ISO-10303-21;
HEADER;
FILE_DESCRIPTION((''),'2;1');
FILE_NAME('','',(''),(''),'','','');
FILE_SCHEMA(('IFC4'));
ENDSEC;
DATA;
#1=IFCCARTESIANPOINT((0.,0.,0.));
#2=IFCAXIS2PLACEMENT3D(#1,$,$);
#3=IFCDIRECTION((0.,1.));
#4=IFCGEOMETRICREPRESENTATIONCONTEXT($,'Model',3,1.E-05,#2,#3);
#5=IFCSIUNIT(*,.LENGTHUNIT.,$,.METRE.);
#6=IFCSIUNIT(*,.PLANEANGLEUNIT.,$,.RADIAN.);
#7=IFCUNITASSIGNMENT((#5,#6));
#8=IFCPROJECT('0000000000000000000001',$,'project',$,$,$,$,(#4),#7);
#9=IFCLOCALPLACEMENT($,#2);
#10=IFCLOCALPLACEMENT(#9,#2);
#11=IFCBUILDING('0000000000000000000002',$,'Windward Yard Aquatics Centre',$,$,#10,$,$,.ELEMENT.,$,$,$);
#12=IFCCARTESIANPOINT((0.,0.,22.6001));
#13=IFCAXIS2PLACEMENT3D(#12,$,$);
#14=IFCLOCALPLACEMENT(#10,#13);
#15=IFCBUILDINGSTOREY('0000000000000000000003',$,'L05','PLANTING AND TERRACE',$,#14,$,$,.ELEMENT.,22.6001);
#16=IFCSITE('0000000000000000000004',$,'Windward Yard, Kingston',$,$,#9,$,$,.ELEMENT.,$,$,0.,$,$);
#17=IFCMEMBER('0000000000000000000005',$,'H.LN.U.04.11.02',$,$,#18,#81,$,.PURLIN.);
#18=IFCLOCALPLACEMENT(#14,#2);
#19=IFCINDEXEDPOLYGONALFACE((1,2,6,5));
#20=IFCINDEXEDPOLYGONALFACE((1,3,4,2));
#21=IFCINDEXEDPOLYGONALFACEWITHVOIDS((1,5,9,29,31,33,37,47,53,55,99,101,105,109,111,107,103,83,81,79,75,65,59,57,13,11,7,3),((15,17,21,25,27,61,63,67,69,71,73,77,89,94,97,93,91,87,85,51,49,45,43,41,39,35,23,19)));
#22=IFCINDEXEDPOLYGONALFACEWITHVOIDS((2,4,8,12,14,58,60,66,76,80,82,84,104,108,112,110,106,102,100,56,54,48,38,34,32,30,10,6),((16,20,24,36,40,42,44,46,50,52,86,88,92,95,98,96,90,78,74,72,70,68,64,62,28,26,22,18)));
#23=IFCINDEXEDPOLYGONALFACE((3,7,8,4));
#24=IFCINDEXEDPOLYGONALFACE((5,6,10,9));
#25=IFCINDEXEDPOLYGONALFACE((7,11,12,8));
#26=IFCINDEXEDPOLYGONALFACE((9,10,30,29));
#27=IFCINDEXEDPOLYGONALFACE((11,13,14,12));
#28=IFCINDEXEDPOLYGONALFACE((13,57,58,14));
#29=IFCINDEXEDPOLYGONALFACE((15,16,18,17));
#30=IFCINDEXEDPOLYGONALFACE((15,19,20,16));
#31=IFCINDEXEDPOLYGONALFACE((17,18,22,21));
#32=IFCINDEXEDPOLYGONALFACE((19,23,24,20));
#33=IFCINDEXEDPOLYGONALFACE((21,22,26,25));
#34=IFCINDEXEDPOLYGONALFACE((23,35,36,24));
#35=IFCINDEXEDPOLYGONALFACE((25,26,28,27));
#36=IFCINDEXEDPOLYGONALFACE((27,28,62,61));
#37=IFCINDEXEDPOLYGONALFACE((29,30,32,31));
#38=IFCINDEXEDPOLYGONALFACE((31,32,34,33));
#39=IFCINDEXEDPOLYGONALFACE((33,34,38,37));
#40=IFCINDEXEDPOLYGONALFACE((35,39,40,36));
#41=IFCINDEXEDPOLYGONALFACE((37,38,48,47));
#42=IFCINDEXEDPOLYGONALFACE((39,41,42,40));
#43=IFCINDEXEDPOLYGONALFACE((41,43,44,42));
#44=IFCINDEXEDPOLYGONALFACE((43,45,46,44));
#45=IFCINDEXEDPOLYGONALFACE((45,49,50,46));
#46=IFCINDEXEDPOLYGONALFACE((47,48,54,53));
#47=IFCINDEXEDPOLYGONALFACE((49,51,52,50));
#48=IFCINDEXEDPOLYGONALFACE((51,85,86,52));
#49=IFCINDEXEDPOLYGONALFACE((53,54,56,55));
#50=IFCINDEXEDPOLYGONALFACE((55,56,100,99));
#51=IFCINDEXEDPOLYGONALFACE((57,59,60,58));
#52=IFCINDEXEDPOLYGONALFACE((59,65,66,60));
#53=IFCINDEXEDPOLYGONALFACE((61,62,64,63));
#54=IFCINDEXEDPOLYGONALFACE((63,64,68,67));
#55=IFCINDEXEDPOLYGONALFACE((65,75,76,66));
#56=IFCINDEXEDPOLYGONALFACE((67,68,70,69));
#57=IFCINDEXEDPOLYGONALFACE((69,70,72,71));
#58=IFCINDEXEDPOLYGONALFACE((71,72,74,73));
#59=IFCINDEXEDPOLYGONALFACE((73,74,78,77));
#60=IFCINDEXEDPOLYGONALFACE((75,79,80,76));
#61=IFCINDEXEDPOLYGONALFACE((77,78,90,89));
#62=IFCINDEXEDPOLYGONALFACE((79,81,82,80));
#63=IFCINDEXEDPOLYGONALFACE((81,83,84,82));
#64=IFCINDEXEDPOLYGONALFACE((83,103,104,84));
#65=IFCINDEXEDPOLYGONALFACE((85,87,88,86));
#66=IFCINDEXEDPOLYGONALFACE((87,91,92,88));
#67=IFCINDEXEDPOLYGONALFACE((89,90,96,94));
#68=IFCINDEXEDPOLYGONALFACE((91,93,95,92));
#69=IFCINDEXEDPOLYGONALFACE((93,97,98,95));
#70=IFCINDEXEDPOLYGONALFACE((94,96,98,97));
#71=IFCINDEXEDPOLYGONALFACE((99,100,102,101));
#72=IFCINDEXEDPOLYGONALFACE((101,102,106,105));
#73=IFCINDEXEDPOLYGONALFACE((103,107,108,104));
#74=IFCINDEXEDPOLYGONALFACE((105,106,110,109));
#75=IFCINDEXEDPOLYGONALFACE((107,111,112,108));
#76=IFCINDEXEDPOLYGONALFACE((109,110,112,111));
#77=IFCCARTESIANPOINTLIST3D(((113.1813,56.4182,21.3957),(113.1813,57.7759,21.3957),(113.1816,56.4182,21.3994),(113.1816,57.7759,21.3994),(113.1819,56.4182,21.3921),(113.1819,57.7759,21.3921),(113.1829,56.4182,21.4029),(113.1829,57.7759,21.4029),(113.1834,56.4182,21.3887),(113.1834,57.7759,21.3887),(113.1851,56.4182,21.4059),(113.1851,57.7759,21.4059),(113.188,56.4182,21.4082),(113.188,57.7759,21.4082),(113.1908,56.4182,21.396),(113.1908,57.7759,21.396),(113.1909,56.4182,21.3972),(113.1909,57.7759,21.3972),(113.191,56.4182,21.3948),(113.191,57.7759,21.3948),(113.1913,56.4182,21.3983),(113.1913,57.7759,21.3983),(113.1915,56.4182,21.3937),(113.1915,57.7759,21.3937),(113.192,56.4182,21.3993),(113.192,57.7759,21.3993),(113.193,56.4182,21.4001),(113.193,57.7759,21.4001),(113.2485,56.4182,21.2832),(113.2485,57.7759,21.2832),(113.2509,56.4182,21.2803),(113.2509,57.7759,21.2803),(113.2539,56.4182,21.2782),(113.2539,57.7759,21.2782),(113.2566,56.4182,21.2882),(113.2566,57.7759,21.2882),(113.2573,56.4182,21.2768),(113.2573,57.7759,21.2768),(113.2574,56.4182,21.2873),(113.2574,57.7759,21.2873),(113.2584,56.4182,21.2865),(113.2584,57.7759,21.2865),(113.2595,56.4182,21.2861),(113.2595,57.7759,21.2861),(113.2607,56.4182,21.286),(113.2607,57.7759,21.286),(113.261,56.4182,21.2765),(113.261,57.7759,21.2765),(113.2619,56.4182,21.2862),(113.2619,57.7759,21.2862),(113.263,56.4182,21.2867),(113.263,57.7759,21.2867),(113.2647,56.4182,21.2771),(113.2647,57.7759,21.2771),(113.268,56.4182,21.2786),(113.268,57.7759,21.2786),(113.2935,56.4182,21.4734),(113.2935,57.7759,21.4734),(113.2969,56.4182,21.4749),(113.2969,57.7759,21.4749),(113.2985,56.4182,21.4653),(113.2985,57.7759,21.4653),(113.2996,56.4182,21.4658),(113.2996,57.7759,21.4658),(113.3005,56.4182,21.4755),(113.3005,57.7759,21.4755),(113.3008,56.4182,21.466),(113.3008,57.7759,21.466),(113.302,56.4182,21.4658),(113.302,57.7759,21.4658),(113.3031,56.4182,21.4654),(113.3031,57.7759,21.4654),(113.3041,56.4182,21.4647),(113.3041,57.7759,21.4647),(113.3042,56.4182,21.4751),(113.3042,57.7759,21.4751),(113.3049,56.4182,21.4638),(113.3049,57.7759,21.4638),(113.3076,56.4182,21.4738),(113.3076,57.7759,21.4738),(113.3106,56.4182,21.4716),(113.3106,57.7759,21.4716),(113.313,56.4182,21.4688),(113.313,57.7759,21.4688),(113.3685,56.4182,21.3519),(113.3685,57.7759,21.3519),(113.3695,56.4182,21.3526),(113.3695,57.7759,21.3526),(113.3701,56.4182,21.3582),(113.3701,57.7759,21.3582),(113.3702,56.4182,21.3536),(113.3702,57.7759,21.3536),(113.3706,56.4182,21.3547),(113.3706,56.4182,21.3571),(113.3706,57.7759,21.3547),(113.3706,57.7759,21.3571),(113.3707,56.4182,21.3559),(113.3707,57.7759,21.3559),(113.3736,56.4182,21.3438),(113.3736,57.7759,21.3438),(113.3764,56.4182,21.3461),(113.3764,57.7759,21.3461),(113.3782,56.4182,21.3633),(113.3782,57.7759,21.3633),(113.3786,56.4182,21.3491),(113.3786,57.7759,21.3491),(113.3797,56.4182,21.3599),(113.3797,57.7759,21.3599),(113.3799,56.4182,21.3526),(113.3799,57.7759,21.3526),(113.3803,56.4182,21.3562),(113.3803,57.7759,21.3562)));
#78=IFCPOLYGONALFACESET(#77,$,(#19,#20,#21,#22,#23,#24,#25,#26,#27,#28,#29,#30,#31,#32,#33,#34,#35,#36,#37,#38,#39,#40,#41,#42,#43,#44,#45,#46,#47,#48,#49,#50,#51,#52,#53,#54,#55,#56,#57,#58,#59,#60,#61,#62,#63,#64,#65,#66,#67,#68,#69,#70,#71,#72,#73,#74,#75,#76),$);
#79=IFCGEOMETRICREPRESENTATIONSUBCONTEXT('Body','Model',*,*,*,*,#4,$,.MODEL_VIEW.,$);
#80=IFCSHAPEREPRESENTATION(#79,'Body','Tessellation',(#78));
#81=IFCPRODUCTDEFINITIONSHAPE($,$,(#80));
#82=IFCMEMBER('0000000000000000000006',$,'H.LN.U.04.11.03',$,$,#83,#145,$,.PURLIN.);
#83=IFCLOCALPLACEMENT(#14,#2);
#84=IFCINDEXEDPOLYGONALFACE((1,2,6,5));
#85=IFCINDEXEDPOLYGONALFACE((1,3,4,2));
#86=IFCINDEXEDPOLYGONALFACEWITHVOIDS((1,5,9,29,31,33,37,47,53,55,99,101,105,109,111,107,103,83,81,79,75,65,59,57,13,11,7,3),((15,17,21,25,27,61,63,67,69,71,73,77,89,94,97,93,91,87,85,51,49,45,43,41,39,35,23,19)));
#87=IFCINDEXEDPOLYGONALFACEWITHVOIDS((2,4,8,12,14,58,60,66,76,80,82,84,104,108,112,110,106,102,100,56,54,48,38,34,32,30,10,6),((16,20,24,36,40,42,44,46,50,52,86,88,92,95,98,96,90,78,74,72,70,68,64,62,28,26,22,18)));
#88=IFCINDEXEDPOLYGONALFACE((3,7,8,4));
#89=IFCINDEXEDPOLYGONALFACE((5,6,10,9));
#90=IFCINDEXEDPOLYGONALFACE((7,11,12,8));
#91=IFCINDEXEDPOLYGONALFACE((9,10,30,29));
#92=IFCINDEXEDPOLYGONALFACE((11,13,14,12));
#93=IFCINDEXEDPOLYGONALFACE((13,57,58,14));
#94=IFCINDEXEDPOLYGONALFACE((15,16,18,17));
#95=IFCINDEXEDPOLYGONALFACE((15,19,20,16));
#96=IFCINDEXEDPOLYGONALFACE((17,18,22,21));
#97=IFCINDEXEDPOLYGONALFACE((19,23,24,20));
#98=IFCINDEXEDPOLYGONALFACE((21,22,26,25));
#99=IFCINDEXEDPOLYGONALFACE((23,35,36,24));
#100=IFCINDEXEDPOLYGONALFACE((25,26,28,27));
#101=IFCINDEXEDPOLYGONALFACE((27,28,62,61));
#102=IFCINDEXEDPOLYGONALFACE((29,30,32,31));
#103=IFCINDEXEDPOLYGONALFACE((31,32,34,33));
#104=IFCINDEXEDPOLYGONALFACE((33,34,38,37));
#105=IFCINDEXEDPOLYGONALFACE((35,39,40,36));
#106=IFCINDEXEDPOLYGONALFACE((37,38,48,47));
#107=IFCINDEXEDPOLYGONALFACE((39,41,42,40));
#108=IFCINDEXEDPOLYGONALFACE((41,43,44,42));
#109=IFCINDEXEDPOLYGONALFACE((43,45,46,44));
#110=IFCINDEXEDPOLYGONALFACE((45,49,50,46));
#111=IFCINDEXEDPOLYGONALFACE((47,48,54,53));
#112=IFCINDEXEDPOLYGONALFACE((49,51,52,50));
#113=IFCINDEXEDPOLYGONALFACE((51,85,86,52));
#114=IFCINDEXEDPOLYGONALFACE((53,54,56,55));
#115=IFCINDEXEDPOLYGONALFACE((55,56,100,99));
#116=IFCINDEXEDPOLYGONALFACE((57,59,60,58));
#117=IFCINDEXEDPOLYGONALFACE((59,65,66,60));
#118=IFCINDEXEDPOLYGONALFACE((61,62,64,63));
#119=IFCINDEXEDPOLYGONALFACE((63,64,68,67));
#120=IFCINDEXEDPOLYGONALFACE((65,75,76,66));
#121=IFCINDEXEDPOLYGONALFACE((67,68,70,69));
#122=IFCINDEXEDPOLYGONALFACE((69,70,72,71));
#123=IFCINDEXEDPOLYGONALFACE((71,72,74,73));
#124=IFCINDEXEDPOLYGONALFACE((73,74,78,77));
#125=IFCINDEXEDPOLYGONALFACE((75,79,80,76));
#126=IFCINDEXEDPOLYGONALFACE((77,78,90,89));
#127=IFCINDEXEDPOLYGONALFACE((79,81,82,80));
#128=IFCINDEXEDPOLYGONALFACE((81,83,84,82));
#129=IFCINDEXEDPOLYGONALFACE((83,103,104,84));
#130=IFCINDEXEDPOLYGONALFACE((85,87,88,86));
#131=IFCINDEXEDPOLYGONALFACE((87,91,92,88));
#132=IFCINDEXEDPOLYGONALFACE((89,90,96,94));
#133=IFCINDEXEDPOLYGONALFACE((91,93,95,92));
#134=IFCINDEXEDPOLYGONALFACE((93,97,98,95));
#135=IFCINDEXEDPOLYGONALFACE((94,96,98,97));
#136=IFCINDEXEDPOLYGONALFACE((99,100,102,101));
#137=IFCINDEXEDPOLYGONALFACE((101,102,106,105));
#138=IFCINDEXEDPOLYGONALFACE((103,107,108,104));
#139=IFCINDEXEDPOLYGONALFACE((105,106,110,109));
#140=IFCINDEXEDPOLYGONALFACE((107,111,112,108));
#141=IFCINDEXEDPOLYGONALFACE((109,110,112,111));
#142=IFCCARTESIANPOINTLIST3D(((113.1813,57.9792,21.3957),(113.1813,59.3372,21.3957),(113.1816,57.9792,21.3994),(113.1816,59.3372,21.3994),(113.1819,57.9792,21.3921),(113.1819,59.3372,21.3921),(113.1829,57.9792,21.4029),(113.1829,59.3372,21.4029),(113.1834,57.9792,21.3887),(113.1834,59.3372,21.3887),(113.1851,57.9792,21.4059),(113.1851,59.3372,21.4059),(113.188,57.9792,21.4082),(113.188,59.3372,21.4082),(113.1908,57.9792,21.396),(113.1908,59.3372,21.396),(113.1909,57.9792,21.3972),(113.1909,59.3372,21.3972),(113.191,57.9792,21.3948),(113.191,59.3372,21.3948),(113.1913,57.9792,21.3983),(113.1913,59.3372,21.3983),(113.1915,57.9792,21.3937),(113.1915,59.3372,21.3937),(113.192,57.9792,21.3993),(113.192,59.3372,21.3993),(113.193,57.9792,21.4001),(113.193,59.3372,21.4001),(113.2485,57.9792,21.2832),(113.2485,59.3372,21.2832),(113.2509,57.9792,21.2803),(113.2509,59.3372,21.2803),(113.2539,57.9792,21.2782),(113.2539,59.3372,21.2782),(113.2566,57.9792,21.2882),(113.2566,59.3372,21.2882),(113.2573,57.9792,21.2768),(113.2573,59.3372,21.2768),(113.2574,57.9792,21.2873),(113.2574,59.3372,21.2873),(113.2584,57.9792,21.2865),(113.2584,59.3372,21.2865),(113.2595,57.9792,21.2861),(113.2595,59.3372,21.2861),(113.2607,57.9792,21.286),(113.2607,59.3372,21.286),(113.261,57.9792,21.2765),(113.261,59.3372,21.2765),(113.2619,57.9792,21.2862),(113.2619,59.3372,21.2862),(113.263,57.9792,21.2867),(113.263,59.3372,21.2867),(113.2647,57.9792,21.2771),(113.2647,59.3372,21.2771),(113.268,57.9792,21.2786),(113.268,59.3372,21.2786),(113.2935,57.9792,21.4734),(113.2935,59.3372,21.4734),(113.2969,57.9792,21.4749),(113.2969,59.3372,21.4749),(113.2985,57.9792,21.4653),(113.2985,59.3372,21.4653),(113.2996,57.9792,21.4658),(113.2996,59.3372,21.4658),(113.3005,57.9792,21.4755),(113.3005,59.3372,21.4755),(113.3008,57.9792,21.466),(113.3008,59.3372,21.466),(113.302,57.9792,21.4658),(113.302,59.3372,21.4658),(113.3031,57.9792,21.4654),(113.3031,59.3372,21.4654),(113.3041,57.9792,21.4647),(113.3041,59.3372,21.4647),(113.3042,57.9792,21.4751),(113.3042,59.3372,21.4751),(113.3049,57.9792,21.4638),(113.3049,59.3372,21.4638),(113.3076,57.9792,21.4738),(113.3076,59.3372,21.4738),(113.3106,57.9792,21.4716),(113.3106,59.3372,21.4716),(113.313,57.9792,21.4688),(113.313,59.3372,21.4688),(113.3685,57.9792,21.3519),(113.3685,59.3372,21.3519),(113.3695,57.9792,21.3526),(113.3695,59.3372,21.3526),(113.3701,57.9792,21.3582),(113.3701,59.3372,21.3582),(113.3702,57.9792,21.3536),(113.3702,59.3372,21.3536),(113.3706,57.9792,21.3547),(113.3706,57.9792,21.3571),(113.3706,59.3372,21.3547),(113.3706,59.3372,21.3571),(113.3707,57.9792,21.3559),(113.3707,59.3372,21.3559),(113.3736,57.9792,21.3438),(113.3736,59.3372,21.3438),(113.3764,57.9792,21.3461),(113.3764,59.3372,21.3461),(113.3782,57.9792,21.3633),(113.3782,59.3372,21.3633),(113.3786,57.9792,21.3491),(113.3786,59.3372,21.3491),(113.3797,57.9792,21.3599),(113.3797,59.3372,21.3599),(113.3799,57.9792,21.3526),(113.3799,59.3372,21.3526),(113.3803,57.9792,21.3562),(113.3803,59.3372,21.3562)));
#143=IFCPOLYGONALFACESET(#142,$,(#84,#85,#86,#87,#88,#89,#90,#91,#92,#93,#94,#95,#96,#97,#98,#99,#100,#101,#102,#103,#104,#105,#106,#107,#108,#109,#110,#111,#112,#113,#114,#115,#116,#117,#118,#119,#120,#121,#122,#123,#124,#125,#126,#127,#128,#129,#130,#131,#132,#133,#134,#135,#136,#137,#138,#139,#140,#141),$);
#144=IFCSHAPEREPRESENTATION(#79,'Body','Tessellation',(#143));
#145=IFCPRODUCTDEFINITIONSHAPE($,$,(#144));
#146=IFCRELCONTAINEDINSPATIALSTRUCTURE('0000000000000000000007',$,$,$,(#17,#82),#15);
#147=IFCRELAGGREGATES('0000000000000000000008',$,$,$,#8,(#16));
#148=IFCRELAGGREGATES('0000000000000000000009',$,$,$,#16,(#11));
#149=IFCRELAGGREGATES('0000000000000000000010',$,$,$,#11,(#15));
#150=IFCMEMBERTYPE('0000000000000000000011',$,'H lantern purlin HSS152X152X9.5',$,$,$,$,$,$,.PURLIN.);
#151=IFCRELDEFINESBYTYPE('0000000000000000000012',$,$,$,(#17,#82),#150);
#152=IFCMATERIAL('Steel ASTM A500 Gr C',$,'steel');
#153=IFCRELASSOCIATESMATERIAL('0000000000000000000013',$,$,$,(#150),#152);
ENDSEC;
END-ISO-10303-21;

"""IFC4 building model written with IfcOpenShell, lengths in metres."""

from ifc_helpers import new_model, si_unit, direction, frame, origin, origin_2d, place, context, subcontext, project, spatial, hollow_rectangle, extrude, material, material_profile, profile_set, type_object, element, save


model = new_model("IFC4")

# Units and contexts
model_context = context("Model", 3, precision=1e-05, world=origin(), true_north=direction((0.0, 1.0)))
body_context = subcontext(model_context, "Body", "Model", "MODEL_VIEW")
ifc_project = project(units=[si_unit("LENGTHUNIT", "METRE"), si_unit("PLANEANGLEUNIT", "RADIAN")], contexts=[model_context])

# Site, building, storey
site_placement = place(None, origin())
site = spatial("IfcSite", under=ifc_project, at=site_placement, Name="Windward Yard, Kingston", CompositionType="ELEMENT", RefElevation=0.0)
building_placement = place(site_placement, origin())
building = spatial("IfcBuilding", under=site, at=building_placement, Name="Windward Yard Aquatics Centre", CompositionType="ELEMENT")
storey_placement = place(building_placement, frame((0.0, 0.0, 22.6001)))
storey = spatial("IfcBuildingStorey", under=building, at=storey_placement, Name="L05", Description="PLANTING AND TERRACE", CompositionType="ELEMENT", Elevation=22.6001)

# Members
ifc_material_1 = material(Name="Steel ASTM A500 Gr C", Category="steel")
ifc_material_profile = material_profile(ifc_material_1, hollow_rectangle(XDim=0.1523, YDim=0.1523, WallThickness=0.0095, InnerFilletRadius=0.0046, OuterFilletRadius=0.0142, at=origin_2d()), Name="HSS152X152X9.5")
ifc_profile_set = profile_set([ifc_material_profile], Name="Steel ASTM A500 Gr C")
member_type = type_object("IfcMemberType", Name="H lantern purlin HSS152X152X9.5", PredefinedType="PURLIN", material=ifc_profile_set)
member_1_placement = place(storey_placement, frame((113.2808, 56.4182, 21.376), z_axis=(0.0, 1.0, 0.0), x_axis=(-0.850755, 0.0, -0.525562)))
element("IfcMember", 1, at=member_1_placement, inside=storey, type_object=member_type, Name="H.LN.U.04.11.02", PredefinedType="PURLIN", context=body_context, shape_type="SweptSolid", body=[
    extrude(hollow_rectangle(XDim=0.1523, YDim=0.1523, WallThickness=0.0095, InnerFilletRadius=0.0046, OuterFilletRadius=0.0142, at=origin_2d()), origin(), (0.0, 0.0, 1.0), 1.3577),
])
member_2_placement = place(storey_placement, frame((113.2808, 57.9792, 21.376), z_axis=(0.0, 1.0, 0.0), x_axis=(-0.850755, 0.0, -0.525562)))
element("IfcMember", 2, at=member_2_placement, inside=storey, type_object=member_type, Name="H.LN.U.04.11.03", PredefinedType="PURLIN", context=body_context, shape_type="SweptSolid", body=[
    extrude(hollow_rectangle(XDim=0.1523, YDim=0.1523, WallThickness=0.0095, InnerFilletRadius=0.0046, OuterFilletRadius=0.0142, at=origin_2d()), origin(), (0.0, 0.0, 1.0), 1.3579),
])

save(model, "model.ifc")
